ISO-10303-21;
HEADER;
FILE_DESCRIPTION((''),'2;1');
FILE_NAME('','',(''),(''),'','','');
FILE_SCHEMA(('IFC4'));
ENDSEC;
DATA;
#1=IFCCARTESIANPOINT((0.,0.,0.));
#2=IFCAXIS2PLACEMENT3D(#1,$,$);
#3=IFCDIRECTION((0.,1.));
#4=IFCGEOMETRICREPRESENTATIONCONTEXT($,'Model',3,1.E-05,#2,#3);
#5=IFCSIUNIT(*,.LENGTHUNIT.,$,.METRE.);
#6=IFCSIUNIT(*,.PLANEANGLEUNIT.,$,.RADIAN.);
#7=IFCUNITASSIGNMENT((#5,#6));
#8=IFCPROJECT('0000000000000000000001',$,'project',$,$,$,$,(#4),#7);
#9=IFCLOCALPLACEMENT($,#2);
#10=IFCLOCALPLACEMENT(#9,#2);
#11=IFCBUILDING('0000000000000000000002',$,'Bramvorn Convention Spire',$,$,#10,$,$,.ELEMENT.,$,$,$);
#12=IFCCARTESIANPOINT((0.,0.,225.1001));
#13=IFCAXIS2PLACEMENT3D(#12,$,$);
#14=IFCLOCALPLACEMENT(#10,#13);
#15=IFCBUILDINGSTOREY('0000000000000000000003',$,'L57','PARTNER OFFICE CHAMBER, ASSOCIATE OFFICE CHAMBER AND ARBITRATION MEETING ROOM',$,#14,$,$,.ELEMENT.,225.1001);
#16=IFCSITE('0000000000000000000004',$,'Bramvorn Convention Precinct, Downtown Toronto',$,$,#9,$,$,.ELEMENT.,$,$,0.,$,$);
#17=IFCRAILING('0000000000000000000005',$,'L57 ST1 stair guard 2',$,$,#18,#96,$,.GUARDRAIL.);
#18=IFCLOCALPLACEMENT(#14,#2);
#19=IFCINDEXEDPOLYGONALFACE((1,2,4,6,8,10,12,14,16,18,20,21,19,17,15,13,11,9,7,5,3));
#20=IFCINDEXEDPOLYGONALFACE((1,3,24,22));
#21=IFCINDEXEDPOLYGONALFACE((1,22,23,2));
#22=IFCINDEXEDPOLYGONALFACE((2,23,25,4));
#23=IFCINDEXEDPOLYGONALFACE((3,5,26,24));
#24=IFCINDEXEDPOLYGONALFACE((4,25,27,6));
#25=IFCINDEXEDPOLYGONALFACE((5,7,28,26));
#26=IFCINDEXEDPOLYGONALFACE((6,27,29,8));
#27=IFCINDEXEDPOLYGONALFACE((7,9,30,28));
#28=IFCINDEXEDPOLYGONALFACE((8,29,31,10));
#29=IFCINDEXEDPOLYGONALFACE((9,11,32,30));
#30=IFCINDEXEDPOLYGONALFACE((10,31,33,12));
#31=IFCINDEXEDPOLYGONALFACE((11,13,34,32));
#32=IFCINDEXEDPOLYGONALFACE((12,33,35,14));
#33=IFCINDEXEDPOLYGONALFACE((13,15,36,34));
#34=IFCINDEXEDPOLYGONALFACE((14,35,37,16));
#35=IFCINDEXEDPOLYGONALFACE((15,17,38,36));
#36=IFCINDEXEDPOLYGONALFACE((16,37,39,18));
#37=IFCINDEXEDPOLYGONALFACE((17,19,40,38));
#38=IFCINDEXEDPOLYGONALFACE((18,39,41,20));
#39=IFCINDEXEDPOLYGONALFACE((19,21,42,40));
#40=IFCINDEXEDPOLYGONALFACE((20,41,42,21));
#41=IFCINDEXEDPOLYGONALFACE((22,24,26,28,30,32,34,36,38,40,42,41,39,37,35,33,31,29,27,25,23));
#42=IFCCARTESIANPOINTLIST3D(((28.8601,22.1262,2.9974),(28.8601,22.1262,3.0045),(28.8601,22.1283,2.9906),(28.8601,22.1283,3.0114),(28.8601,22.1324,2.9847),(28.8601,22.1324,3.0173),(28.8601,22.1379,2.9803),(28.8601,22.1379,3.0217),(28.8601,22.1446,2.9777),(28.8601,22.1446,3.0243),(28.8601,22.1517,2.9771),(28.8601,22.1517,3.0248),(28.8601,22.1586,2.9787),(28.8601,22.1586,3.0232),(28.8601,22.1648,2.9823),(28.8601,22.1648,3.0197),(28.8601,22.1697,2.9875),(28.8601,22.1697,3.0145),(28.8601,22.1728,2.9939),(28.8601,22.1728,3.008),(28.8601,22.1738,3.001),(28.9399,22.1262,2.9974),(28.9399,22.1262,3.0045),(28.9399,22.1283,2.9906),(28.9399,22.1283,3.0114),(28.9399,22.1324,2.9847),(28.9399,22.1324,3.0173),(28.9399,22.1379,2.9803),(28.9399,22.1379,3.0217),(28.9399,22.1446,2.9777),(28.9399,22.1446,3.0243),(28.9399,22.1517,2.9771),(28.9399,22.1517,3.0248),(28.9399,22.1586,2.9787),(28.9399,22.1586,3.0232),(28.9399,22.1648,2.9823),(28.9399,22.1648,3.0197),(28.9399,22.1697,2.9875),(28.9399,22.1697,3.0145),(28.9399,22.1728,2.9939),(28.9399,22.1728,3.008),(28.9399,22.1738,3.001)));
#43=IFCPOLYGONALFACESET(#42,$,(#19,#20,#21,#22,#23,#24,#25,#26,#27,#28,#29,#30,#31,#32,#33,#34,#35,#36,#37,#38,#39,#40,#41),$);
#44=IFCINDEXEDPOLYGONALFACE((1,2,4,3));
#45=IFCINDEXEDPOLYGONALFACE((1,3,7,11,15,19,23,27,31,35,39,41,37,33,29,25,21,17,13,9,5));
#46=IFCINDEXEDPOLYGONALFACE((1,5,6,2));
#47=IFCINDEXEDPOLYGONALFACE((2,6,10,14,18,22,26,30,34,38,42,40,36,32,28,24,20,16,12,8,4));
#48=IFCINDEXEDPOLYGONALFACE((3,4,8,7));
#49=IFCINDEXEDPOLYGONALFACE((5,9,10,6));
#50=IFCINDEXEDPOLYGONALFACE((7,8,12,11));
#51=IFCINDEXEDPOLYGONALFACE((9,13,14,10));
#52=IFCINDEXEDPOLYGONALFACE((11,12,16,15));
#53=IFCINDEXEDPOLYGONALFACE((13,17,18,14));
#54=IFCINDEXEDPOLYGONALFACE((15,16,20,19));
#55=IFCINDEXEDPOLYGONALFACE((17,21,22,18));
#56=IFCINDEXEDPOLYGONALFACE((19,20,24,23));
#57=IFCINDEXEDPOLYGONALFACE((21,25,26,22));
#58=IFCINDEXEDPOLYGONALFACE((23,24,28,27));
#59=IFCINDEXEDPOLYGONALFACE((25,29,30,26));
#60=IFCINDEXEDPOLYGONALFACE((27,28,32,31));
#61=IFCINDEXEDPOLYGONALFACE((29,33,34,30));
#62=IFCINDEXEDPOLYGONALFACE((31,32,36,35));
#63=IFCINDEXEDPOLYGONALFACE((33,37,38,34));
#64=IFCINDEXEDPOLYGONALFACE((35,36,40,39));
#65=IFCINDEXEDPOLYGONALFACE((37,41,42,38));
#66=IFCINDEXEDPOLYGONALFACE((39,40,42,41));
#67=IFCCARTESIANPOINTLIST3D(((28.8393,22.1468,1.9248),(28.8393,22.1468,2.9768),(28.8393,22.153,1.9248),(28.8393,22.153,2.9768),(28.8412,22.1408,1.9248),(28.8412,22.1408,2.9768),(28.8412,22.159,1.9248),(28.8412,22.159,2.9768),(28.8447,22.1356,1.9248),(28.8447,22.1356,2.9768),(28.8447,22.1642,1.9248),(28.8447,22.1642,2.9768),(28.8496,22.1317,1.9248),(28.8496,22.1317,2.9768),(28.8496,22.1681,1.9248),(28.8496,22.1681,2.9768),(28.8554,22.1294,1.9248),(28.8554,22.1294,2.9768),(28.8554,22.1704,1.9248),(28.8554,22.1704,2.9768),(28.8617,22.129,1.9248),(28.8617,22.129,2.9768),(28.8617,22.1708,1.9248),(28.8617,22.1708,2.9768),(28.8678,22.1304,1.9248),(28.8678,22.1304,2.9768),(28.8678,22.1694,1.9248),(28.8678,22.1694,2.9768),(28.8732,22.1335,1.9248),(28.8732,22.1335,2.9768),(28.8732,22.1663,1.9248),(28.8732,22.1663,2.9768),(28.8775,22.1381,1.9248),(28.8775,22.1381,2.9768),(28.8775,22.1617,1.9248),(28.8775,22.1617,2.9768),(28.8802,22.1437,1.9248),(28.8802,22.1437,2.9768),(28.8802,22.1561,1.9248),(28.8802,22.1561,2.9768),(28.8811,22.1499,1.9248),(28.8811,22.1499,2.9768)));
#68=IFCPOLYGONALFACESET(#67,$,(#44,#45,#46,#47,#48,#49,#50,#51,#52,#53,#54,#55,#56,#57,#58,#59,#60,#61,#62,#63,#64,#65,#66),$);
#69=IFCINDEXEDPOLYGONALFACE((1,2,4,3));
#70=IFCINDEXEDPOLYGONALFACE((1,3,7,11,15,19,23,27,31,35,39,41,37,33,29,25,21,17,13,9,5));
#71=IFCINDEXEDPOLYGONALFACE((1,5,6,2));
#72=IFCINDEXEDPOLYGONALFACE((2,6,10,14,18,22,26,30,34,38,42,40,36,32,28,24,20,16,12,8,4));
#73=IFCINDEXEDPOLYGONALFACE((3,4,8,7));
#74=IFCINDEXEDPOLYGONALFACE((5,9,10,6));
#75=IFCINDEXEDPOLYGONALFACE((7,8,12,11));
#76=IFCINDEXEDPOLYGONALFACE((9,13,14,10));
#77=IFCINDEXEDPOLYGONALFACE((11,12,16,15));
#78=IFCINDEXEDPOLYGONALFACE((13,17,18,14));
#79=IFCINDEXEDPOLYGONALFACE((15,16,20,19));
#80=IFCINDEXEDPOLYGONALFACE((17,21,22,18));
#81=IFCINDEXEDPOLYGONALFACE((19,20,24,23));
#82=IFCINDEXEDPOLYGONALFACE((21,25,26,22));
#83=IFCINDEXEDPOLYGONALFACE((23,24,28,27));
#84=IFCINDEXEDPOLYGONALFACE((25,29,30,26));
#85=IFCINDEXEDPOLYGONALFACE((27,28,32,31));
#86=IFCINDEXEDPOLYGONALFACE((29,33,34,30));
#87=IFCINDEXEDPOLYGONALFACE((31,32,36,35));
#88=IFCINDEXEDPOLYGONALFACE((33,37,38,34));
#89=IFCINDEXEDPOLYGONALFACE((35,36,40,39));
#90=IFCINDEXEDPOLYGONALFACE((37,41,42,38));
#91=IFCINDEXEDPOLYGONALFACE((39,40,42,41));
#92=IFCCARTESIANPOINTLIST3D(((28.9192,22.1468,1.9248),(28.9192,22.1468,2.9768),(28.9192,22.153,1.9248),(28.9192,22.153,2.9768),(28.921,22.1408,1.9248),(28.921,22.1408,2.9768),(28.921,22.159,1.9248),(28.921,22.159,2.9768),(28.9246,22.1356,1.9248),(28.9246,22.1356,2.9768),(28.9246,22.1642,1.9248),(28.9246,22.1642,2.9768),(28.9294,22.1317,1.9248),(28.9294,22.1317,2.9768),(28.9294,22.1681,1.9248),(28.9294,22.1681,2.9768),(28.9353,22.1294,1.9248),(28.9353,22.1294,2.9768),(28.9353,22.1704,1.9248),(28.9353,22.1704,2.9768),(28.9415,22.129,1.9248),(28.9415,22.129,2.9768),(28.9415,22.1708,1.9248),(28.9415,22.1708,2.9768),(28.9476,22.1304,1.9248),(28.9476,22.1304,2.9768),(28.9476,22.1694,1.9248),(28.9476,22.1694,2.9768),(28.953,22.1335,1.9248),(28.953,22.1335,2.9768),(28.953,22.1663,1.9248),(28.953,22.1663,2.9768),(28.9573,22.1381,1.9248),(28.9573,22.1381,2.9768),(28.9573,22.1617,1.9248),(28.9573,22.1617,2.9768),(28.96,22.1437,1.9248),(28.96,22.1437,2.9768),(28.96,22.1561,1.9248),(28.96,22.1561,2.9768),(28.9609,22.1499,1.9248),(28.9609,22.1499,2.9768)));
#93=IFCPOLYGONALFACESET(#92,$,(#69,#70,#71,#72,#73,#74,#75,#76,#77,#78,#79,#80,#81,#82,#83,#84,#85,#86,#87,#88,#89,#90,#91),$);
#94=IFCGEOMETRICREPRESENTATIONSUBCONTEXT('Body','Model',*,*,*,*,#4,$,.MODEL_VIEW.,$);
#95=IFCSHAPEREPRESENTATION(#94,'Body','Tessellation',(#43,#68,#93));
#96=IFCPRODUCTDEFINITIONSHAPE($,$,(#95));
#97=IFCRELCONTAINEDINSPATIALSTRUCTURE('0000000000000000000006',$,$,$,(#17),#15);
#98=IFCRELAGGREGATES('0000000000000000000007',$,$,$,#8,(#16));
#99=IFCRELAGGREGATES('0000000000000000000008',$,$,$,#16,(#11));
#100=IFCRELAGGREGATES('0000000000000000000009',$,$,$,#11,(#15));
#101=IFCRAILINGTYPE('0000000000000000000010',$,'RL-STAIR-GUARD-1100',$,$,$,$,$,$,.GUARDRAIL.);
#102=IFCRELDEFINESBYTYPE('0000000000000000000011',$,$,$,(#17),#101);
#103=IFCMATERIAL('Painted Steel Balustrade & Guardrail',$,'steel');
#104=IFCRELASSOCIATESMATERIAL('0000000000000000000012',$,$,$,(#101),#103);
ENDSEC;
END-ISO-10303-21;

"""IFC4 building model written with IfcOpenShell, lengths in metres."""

from ifc_helpers import new_model, si_unit, direction, frame, origin, origin_2d, place, context, subcontext, project, spatial, circle, extrude, material, type_object, element, save


model = new_model("IFC4")

# Units and contexts
model_context = context("Model", 3, precision=1e-05, world=origin(), true_north=direction((0.0, 1.0)))
body_context = subcontext(model_context, "Body", "Model", "MODEL_VIEW")
ifc_project = project(units=[si_unit("LENGTHUNIT", "METRE"), si_unit("PLANEANGLEUNIT", "RADIAN")], contexts=[model_context])

# Site, building, storey
site_placement = place(None, origin())
site = spatial("IfcSite", under=ifc_project, at=site_placement, Name="Bramvorn Convention Precinct, Downtown Toronto", CompositionType="ELEMENT", RefElevation=0.0)
building_placement = place(site_placement, origin())
building = spatial("IfcBuilding", under=site, at=building_placement, Name="Bramvorn Convention Spire", CompositionType="ELEMENT")
storey_placement = place(building_placement, frame((0.0, 0.0, 225.1001)))
storey = spatial("IfcBuildingStorey", under=building, at=storey_placement, Name="L57", Description="PARTNER OFFICE CHAMBER, ASSOCIATE OFFICE CHAMBER AND ARBITRATION MEETING ROOM", CompositionType="ELEMENT", Elevation=225.1001)

# Railing
ifc_material_1 = material(Name="Painted Steel Balustrade & Guardrail", Category="steel")
railing_type_1 = type_object("IfcRailingType", Name="RL-STAIR-GUARD-1100", PredefinedType="GUARDRAIL", material=ifc_material_1)
railing_1_placement = place(storey_placement, frame((28.8601, 22.1499, 1.9248)))
element("IfcRailing", 1, at=railing_1_placement, inside=storey, type_object=railing_type_1, Name="L57 ST1 stair guard 2", PredefinedType="GUARDRAIL", context=body_context, shape_type="SweptSolid", body=[
    extrude(circle(Radius=0.0239, at=origin_2d()), frame((0.0, 0.0, 1.0762), z_axis=(1.0, 0.0, 0.0), x_axis=(0.0, 1.0, 0.0)), (0.0, 0.0, 1.0), 0.0798),
    extrude(circle(Radius=0.021, at=origin_2d()), origin(), (0.0, 0.0, 1.0), 1.052),
    extrude(circle(Radius=0.021, at=origin_2d()), frame((0.0798, 0.0, 0.0)), (0.0, 0.0, 1.0), 1.052),
])

save(model, "model.ifc")
